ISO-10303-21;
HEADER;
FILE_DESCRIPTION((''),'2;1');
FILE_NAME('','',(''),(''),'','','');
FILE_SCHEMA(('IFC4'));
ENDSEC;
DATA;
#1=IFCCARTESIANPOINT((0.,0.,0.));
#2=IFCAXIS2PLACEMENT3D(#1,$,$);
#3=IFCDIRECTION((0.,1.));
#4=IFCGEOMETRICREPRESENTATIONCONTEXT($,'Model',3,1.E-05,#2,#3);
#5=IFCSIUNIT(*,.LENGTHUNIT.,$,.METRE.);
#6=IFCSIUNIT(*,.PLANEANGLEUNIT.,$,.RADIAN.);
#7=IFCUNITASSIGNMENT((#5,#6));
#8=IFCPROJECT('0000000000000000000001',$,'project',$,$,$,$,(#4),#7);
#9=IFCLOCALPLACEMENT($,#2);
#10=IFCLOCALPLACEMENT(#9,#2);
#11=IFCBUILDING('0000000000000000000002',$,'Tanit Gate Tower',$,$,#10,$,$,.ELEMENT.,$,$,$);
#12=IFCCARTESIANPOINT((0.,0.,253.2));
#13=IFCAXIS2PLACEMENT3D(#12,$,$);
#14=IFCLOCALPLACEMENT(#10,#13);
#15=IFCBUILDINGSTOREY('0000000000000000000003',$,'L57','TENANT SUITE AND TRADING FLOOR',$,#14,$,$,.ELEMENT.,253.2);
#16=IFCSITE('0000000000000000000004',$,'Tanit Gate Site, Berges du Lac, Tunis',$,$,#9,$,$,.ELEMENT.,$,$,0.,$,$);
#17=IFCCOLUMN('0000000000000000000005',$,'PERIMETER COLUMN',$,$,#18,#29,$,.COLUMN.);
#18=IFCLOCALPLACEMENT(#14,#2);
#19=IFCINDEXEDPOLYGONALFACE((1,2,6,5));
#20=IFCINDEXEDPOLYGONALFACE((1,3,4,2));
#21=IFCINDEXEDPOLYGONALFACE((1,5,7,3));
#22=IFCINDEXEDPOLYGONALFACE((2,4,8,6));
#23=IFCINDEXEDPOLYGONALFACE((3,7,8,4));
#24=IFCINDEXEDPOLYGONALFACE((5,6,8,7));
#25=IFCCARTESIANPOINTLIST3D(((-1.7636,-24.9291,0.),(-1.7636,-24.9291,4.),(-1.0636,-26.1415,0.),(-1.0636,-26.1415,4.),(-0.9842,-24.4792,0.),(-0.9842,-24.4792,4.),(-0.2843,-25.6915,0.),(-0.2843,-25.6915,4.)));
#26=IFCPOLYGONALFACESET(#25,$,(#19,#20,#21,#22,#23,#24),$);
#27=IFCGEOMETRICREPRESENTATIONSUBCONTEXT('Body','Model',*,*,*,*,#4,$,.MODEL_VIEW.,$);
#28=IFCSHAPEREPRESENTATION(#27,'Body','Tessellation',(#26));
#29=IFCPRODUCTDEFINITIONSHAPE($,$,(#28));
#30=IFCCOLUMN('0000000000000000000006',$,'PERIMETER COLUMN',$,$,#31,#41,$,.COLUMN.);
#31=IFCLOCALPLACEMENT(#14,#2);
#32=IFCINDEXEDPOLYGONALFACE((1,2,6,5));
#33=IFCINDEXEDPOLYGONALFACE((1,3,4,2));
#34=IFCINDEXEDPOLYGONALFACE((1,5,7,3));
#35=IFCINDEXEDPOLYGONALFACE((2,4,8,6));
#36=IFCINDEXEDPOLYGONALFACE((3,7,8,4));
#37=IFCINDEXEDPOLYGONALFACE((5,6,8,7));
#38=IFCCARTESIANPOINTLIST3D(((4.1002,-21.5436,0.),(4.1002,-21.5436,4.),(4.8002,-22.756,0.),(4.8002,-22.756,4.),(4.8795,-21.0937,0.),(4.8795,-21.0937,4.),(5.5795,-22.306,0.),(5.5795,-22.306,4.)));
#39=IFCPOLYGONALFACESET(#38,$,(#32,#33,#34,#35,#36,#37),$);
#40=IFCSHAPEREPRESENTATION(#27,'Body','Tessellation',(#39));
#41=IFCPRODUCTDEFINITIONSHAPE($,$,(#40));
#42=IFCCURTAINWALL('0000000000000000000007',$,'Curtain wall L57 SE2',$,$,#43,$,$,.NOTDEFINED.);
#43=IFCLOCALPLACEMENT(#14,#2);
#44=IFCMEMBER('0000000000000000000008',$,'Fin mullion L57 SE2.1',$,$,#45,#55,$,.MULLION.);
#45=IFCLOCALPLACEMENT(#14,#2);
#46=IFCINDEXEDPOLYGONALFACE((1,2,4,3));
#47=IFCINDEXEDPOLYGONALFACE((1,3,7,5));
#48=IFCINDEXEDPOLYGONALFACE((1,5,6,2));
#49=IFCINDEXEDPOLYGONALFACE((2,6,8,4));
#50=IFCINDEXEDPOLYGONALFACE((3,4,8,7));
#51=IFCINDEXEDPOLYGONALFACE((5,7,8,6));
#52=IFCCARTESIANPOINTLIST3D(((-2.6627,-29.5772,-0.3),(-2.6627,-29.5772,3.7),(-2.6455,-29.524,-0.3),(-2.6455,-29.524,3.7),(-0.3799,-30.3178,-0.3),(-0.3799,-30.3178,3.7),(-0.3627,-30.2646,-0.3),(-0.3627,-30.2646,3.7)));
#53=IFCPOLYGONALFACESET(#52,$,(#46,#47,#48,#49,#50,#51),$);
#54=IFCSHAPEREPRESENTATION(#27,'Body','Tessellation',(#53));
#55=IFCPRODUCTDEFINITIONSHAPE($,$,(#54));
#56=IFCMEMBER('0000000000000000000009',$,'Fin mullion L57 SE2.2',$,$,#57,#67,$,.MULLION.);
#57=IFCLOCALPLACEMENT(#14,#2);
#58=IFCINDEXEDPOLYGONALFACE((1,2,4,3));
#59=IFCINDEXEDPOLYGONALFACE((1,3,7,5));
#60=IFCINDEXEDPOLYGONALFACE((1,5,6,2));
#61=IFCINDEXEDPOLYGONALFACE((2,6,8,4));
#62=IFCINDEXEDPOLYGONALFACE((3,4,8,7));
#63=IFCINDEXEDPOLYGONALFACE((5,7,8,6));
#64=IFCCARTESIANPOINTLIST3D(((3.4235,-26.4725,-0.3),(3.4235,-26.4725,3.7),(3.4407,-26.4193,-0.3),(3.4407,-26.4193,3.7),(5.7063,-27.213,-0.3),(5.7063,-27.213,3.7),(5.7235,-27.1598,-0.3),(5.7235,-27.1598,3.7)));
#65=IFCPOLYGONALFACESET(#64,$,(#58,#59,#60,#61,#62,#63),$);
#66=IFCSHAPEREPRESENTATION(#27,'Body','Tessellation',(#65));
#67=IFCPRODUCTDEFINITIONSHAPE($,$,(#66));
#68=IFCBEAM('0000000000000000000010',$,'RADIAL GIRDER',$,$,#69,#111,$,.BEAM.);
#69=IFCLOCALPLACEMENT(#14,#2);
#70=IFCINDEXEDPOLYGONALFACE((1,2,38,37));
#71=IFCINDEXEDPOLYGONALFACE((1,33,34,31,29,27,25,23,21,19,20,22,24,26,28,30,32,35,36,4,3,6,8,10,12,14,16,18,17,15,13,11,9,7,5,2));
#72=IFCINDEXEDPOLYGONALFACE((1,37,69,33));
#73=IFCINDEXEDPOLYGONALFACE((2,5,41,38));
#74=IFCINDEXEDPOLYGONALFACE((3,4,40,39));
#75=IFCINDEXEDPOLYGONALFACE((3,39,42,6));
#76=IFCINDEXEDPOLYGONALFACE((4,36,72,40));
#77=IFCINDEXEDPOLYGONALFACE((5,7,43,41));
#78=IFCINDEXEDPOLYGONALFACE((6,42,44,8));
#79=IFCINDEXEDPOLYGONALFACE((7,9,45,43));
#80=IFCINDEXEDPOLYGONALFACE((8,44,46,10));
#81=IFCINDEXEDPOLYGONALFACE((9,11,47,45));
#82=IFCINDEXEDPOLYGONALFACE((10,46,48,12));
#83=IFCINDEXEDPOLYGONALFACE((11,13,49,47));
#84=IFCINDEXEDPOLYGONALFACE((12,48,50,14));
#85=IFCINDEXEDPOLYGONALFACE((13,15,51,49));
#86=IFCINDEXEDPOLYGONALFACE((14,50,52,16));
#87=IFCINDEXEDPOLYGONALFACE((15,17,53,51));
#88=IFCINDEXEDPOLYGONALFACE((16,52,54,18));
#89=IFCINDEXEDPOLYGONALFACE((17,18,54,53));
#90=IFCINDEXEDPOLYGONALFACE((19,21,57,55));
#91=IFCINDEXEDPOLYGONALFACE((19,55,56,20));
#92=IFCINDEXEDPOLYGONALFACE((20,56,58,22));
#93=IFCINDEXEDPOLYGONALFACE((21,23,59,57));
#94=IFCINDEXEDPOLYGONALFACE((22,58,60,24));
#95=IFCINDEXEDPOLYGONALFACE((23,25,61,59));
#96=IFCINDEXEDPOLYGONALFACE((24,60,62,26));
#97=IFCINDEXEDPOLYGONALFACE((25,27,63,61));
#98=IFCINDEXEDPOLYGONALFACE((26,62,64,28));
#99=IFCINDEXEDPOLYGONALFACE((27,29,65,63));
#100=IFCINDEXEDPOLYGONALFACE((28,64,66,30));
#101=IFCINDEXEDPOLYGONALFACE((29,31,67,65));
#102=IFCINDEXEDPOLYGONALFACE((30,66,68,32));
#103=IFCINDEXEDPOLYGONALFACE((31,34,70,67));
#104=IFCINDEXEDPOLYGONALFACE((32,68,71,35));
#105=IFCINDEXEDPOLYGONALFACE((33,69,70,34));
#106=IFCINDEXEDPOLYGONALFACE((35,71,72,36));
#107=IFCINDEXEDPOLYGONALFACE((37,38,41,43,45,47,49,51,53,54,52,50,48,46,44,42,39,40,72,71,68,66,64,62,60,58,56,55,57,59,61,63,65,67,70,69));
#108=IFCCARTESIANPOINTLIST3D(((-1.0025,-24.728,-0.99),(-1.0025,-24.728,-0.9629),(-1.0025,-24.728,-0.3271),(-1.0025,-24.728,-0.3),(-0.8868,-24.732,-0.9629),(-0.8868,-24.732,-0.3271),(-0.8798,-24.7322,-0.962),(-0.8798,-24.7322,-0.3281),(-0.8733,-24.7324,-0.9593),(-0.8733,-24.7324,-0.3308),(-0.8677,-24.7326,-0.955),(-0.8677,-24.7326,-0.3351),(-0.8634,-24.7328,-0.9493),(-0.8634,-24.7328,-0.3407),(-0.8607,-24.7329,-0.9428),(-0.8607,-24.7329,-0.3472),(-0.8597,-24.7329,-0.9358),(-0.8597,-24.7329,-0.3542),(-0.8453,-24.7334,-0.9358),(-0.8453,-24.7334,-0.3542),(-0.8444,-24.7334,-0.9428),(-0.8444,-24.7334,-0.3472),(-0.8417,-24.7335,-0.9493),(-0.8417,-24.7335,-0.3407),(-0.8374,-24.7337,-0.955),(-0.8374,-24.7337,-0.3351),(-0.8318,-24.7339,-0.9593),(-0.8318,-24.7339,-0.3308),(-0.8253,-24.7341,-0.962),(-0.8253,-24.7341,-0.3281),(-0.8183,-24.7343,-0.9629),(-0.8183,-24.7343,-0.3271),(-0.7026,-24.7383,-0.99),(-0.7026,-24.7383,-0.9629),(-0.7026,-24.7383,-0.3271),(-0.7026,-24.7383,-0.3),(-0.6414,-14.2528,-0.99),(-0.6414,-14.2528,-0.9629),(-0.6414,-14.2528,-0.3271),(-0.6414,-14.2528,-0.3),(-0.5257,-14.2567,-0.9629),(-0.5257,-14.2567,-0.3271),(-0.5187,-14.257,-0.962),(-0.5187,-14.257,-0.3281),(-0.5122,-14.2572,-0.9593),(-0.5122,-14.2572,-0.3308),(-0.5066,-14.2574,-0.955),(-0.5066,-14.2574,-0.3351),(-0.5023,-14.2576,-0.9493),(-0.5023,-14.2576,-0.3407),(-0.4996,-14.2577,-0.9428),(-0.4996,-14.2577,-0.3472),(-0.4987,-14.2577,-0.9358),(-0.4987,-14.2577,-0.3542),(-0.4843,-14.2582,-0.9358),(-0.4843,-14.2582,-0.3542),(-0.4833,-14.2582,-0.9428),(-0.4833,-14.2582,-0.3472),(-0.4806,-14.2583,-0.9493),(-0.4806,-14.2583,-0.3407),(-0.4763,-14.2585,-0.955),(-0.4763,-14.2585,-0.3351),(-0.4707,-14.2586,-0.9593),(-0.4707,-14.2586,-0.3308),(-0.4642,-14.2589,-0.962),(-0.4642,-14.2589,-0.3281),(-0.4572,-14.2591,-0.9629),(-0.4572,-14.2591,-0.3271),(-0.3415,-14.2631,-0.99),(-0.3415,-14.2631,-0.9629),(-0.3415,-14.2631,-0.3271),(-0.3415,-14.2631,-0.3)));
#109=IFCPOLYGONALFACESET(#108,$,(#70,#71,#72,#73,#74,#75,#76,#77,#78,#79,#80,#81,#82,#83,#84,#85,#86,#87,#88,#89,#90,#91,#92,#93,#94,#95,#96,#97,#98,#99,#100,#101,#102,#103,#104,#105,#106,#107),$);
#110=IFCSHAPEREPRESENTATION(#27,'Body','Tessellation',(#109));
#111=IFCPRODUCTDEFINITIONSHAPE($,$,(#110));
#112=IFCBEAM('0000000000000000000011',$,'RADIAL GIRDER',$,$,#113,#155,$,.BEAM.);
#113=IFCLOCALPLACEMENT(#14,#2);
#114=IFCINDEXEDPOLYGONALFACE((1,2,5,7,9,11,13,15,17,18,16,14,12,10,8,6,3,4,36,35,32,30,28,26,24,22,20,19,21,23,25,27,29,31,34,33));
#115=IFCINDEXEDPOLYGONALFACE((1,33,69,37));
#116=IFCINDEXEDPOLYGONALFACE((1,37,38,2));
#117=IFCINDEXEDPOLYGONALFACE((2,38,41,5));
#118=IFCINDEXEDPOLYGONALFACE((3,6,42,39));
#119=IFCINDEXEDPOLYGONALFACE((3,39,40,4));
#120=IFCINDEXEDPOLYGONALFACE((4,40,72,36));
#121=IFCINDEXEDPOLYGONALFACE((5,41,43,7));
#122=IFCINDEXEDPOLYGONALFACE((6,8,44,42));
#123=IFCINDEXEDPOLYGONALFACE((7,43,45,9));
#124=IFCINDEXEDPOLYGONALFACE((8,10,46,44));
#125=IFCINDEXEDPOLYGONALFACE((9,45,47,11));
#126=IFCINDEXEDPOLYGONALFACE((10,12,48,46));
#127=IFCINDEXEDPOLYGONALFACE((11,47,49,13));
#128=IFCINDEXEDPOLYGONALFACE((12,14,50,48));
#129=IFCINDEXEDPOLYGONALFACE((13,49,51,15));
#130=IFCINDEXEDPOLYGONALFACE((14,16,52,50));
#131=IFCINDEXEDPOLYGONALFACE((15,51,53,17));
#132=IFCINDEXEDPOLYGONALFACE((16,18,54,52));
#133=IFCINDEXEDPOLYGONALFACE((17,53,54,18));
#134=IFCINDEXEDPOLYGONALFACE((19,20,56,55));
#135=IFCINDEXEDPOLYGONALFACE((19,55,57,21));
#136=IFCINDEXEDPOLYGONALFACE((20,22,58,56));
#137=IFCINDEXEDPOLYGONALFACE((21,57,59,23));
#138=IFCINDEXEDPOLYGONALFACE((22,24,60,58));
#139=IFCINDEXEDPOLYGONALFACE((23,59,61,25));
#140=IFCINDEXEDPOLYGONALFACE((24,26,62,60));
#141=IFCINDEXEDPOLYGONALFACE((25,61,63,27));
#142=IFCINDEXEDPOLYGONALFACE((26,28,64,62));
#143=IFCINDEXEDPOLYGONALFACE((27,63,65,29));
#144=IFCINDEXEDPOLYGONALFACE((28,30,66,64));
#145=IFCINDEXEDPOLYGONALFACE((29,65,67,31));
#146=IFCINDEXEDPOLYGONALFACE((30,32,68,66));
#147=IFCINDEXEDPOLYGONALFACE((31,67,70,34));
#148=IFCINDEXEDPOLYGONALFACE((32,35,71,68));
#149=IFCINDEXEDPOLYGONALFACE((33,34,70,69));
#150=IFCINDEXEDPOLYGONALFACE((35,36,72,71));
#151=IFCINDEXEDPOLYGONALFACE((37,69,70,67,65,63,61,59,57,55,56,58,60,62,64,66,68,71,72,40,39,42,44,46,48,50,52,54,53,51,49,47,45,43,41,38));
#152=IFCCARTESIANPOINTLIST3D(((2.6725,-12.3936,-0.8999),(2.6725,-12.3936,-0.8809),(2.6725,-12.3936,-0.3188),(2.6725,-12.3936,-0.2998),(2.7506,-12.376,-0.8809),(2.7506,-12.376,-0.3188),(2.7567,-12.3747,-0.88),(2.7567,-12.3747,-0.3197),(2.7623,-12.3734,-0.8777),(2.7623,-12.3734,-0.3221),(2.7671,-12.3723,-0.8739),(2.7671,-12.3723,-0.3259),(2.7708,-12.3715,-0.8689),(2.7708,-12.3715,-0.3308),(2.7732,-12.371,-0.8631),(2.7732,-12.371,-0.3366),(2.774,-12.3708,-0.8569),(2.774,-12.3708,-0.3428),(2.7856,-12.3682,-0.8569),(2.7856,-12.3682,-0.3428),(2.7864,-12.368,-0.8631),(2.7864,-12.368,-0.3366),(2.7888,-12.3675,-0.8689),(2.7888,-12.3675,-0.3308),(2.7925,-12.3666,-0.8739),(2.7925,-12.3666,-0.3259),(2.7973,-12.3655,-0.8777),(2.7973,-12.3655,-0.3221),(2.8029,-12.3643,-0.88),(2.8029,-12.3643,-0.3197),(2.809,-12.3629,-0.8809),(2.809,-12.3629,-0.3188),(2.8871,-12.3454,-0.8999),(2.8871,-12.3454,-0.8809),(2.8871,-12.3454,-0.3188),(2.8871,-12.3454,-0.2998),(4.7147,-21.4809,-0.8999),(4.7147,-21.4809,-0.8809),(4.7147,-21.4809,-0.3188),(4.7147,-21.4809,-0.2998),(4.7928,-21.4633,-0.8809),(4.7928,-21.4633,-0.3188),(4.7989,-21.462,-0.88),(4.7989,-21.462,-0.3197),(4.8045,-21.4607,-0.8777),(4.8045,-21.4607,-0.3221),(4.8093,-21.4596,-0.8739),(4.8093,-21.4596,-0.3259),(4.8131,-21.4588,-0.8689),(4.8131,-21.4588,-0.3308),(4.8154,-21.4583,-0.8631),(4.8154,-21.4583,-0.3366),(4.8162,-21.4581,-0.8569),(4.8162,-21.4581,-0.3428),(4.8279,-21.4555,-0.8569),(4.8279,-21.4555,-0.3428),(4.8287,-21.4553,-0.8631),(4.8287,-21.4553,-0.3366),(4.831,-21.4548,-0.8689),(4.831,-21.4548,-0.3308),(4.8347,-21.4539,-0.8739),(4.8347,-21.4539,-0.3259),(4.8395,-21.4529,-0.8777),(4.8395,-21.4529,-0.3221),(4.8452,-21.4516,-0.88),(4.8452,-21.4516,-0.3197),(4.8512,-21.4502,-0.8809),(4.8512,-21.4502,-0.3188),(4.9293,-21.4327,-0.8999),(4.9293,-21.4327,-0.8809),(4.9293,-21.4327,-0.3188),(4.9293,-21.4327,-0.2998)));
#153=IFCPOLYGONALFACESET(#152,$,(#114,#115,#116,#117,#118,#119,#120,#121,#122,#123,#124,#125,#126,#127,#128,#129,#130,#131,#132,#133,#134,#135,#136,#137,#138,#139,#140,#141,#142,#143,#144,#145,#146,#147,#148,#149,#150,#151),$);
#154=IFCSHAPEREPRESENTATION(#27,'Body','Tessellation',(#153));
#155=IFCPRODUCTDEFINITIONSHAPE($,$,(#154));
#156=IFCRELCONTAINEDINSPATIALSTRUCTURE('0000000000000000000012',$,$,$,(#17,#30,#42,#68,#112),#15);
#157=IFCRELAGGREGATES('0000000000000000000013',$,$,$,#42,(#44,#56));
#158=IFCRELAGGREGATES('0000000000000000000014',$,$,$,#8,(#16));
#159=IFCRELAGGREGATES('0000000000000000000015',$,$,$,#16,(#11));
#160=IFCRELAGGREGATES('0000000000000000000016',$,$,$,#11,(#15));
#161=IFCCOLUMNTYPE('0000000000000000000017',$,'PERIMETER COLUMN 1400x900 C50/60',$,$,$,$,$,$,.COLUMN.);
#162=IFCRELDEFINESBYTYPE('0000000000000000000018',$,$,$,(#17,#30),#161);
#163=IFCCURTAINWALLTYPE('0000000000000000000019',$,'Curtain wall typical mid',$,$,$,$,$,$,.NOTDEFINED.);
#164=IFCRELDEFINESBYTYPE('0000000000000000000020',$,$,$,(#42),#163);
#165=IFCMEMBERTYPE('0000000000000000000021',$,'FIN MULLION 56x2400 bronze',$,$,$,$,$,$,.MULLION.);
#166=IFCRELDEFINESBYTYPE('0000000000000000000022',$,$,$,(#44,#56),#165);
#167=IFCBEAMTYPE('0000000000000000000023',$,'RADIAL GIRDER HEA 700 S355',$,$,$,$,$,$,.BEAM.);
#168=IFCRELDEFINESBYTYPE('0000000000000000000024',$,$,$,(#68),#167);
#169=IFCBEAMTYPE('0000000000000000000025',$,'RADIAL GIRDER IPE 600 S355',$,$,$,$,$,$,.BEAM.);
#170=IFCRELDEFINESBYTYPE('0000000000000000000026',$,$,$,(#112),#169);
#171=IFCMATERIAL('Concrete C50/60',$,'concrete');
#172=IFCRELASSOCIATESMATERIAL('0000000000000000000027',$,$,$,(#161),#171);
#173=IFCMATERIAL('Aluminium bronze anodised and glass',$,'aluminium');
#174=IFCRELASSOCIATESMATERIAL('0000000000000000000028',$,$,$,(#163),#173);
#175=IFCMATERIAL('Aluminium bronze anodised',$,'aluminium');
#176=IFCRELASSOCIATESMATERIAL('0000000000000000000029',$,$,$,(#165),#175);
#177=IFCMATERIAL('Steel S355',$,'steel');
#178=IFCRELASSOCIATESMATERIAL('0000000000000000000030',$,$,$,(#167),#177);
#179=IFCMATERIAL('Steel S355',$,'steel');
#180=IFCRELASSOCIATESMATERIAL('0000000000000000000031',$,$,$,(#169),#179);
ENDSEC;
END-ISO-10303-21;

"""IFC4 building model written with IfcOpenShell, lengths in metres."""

from ifc_helpers import new_model, si_unit, direction, frame, origin, origin_2d, place, context, subcontext, project, spatial, rectangle, i_section, extrude, material, material_profile, profile_set, type_object, element, aggregate, save


model = new_model("IFC4")

# Units and contexts
model_context = context("Model", 3, precision=1e-05, world=origin(), true_north=direction((0.0, 1.0)))
body_context = subcontext(model_context, "Body", "Model", "MODEL_VIEW")
ifc_project = project(units=[si_unit("LENGTHUNIT", "METRE"), si_unit("PLANEANGLEUNIT", "RADIAN")], contexts=[model_context])

# Site, building, storey
site_placement = place(None, origin())
site = spatial("IfcSite", under=ifc_project, at=site_placement, Name="Tanit Gate Site, Berges du Lac, Tunis", CompositionType="ELEMENT", RefElevation=0.0)
building_placement = place(site_placement, origin())
building = spatial("IfcBuilding", under=site, at=building_placement, Name="Tanit Gate Tower", CompositionType="ELEMENT")
storey_placement = place(building_placement, frame((0.0, 0.0, 253.2)))
storey = spatial("IfcBuildingStorey", under=building, at=storey_placement, Name="L57", Description="TENANT SUITE AND TRADING FLOOR", CompositionType="ELEMENT", Elevation=253.2)

# Columns
ifc_material_1 = material(Name="Concrete C50/60", Category="concrete")
ifc_material_profile_1 = material_profile(ifc_material_1, rectangle(XDim=1.3999, YDim=0.8999, at=origin_2d()), Name="RC 1400x900")
ifc_profile_set_1 = profile_set([ifc_material_profile_1], Name="Concrete C50/60")
column_type = type_object("IfcColumnType", Name="PERIMETER COLUMN 1400x900 C50/60", PredefinedType="COLUMN", material=ifc_profile_set_1)
for number, where, z_axis, x_axis, name in (
    (1, (-1.0239, -25.3103, 0.0), (0.0, 0.0, 1.0), (0.5, -0.866025, 0.0), "PERIMETER COLUMN"),
    (2, (4.8398, -21.9248, 0.0), (0.0, 0.0, 1.0), (0.5, -0.866025, 0.0), "PERIMETER COLUMN"),
):
    element("IfcColumn", number, at=place(storey_placement, frame(where, z_axis=z_axis, x_axis=x_axis)), inside=storey, type_object=column_type, Name=name, PredefinedType="COLUMN", context=body_context, shape_type="SweptSolid", body=[
        extrude(rectangle(XDim=1.3999, YDim=0.8999, at=origin_2d()), origin(), (0.0, 0.0, 1.0), 4.0),
    ])

# Curtain wall, members
ifc_material_2 = material(Name="Aluminium bronze anodised and glass", Category="aluminium")
curtain_wall_type = type_object("IfcCurtainWallType", Name="Curtain wall typical mid", PredefinedType="NOTDEFINED", material=ifc_material_2)
curtain_wall_placement = place(storey_placement, origin())
curtain_wall = element("IfcCurtainWall", 3, at=curtain_wall_placement, inside=storey, type_object=curtain_wall_type, Name="Curtain wall L57 SE2", PredefinedType="NOTDEFINED")
ifc_material_3 = material(Name="Aluminium bronze anodised", Category="aluminium")
ifc_material_profile_2 = material_profile(ifc_material_3, rectangle(XDim=2.3999, YDim=0.0559, at=origin_2d()), Name="56x2400 bronze fin mullion")
ifc_profile_set_2 = profile_set([ifc_material_profile_2], Name="Aluminium bronze anodised")
member_type_1 = type_object("IfcMemberType", Name="FIN MULLION 56x2400 bronze", PredefinedType="MULLION", material=ifc_profile_set_2)
member_1_placement = place(storey_placement, frame((-1.5127, -29.9209, -0.3), z_axis=(0.0, 0.0, 1.0), x_axis=(-0.951202, 0.308568, 0.0)))
member_1 = element("IfcMember", 4, at=member_1_placement, type_object=member_type_1, Name="Fin mullion L57 SE2.1", PredefinedType="MULLION", context=body_context, shape_type="SweptSolid", body=[
    extrude(rectangle(XDim=2.3999, YDim=0.0559, at=origin_2d()), origin(), (0.0, 0.0, 1.0), 4.0),
])
member_2_placement = place(storey_placement, frame((4.5735, -26.8162, -0.3), z_axis=(0.0, 0.0, 1.0), x_axis=(-0.951202, 0.308568, 0.0)))
member_2 = element("IfcMember", 5, at=member_2_placement, type_object=member_type_1, Name="Fin mullion L57 SE2.2", PredefinedType="MULLION", context=body_context, shape_type="SweptSolid", body=[
    extrude(rectangle(XDim=2.3999, YDim=0.0559, at=origin_2d()), origin(), (0.0, 0.0, 1.0), 4.0),
])

# Beams
ifc_material_4 = material(Name="Steel S355", Category="steel")
ifc_material_profile_3 = material_profile(ifc_material_4, i_section(OverallWidth=0.3, OverallDepth=0.6899, WebThickness=0.0144, FlangeThickness=0.0271, FilletRadius=0.0271, at=origin_2d()), Name="HEA 700")
ifc_profile_set_3 = profile_set([ifc_material_profile_3], Name="Steel S355")
beam_type_1 = type_object("IfcBeamType", Name="RADIAL GIRDER HEA 700 S355", PredefinedType="BEAM", material=ifc_profile_set_3)
beam_1_placement = place(storey_placement, frame((-0.8525, -24.7332, -0.645), z_axis=(0.034449, 0.999406, 0.0), x_axis=(-0.999406, 0.034449, 0.0)))
element("IfcBeam", 6, at=beam_1_placement, inside=storey, type_object=beam_type_1, Name="RADIAL GIRDER", PredefinedType="BEAM", context=body_context, shape_type="SweptSolid", body=[
    extrude(i_section(OverallWidth=0.3, OverallDepth=0.6899, WebThickness=0.0144, FlangeThickness=0.0271, FilletRadius=0.0271, at=origin_2d()), origin(), (0.0, 0.0, 1.0), 10.4814),
])
ifc_material_5 = material(Name="Steel S355", Category="steel")
ifc_material_profile_4 = material_profile(ifc_material_5, i_section(OverallWidth=0.22, OverallDepth=0.6001, WebThickness=0.012, FlangeThickness=0.019, FilletRadius=0.0239, at=origin_2d()), Name="IPE 600")
ifc_profile_set_4 = profile_set([ifc_material_profile_4], Name="Steel S355")
beam_type_2 = type_object("IfcBeamType", Name="RADIAL GIRDER IPE 600 S355", PredefinedType="BEAM", material=ifc_profile_set_4)
beam_2_placement = place(storey_placement, frame((4.822, -21.4568, -0.5999), z_axis=(-0.219264, 0.975666, 0.0), x_axis=(-0.975666, -0.219264, 0.0)))
element("IfcBeam", 7, at=beam_2_placement, inside=storey, type_object=beam_type_2, Name="RADIAL GIRDER", PredefinedType="BEAM", context=body_context, shape_type="SweptSolid", body=[
    extrude(i_section(OverallWidth=0.22, OverallDepth=0.6001, WebThickness=0.012, FlangeThickness=0.019, FilletRadius=0.0239, at=origin_2d()), origin(), (0.0, 0.0, 1.0), 9.314),
])

aggregate(curtain_wall, [member_1, member_2])

save(model, "model.ifc")
